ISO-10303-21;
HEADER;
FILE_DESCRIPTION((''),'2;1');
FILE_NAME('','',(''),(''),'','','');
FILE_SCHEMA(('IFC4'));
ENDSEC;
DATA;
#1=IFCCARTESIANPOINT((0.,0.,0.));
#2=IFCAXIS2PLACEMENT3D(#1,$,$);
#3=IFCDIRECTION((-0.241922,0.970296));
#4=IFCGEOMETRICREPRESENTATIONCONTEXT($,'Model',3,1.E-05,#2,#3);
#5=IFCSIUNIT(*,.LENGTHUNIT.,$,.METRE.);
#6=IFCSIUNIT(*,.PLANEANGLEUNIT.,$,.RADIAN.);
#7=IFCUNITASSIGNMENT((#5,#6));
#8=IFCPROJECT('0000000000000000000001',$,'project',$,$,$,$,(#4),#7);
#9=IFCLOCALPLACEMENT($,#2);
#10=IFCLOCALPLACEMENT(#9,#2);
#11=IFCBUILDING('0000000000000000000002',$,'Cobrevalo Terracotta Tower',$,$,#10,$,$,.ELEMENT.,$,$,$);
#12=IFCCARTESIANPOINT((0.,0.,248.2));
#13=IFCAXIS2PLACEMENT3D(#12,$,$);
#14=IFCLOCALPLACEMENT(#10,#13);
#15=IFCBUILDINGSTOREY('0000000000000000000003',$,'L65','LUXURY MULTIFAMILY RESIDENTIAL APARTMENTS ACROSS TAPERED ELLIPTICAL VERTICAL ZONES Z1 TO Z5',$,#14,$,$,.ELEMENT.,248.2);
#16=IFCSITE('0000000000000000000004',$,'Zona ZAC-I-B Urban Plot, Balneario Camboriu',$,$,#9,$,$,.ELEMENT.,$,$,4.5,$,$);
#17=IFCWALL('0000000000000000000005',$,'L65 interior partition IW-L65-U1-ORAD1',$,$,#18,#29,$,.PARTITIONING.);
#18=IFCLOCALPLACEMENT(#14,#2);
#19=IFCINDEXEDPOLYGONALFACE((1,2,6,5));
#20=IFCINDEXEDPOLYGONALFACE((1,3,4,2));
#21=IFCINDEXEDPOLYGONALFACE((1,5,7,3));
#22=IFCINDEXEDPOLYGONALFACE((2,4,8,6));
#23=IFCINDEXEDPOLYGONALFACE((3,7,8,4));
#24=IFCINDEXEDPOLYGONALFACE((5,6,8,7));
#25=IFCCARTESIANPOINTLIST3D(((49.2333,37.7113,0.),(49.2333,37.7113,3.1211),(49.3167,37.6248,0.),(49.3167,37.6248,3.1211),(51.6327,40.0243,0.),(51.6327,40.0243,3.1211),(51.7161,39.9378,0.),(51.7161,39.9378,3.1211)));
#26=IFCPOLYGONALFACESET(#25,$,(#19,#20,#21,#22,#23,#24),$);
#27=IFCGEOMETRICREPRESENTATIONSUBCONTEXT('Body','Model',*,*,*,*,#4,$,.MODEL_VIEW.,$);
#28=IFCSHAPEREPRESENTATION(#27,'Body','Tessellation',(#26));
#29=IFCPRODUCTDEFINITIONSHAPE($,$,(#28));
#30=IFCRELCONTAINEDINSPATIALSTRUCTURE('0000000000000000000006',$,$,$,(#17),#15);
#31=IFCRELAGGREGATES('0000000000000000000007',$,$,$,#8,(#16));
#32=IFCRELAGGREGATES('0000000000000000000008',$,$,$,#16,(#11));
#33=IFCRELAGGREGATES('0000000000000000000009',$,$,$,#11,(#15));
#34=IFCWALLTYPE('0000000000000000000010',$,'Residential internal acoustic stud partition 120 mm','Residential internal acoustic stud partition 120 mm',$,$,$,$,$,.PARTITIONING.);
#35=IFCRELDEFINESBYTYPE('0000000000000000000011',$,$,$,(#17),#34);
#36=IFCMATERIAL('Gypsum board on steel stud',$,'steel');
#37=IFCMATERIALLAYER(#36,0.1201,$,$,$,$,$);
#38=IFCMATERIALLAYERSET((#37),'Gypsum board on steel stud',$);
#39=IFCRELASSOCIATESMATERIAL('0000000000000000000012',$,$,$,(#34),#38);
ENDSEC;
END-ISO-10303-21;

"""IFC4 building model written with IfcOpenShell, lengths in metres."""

from ifc_helpers import new_model, si_unit, direction, frame, frame_2d, origin, place, context, subcontext, project, spatial, rectangle, extrude, material, layer, layer_set, type_object, element, save


model = new_model("IFC4")

# Units and contexts
model_context = context("Model", 3, precision=1e-05, world=origin(), true_north=direction((-0.241922, 0.970296)))
body_context = subcontext(model_context, "Body", "Model", "MODEL_VIEW")
ifc_project = project(units=[si_unit("LENGTHUNIT", "METRE"), si_unit("PLANEANGLEUNIT", "RADIAN")], contexts=[model_context])

# Site, building, storey
site_placement = place(None, origin())
site = spatial("IfcSite", under=ifc_project, at=site_placement, Name="Zona ZAC-I-B Urban Plot, Balneario Camboriu", CompositionType="ELEMENT", RefElevation=4.5)
building_placement = place(site_placement, origin())
building = spatial("IfcBuilding", under=site, at=building_placement, Name="Cobrevalo Terracotta Tower", CompositionType="ELEMENT")
storey_placement = place(building_placement, frame((0.0, 0.0, 248.2)))
storey = spatial("IfcBuildingStorey", under=building, at=storey_placement, Name="L65", Description="LUXURY MULTIFAMILY RESIDENTIAL APARTMENTS ACROSS TAPERED ELLIPTICAL VERTICAL ZONES Z1 TO Z5", CompositionType="ELEMENT", Elevation=248.2)

# Wall
ifc_material_1 = material(Name="Gypsum board on steel stud", Category="steel")
ifc_layer_1 = layer(ifc_material_1, 0.1201)
ifc_layer_set_1 = layer_set([ifc_layer_1], Name="Gypsum board on steel stud")
wall_type = type_object("IfcWallType", Name="Residential internal acoustic stud partition 120 mm", Description="Residential internal acoustic stud partition 120 mm", PredefinedType="PARTITIONING", material=ifc_layer_set_1)
wall_1_placement = place(storey_placement, frame((49.2749, 37.668, 0.0), z_axis=(0.0, 0.0, 1.0), x_axis=(0.719954, 0.694022, 0.0)))
element("IfcWall", 1, at=wall_1_placement, inside=storey, type_object=wall_type, Name="L65 interior partition IW-L65-U1-ORAD1", PredefinedType="PARTITIONING", context=body_context, shape_type="SweptSolid", body=[
    extrude(rectangle(XDim=3.3328, YDim=0.1201, at=frame_2d((1.6665, 0.0))), origin(), (0.0, 0.0, 1.0), 3.1211),
])

save(model, "model.ifc")
